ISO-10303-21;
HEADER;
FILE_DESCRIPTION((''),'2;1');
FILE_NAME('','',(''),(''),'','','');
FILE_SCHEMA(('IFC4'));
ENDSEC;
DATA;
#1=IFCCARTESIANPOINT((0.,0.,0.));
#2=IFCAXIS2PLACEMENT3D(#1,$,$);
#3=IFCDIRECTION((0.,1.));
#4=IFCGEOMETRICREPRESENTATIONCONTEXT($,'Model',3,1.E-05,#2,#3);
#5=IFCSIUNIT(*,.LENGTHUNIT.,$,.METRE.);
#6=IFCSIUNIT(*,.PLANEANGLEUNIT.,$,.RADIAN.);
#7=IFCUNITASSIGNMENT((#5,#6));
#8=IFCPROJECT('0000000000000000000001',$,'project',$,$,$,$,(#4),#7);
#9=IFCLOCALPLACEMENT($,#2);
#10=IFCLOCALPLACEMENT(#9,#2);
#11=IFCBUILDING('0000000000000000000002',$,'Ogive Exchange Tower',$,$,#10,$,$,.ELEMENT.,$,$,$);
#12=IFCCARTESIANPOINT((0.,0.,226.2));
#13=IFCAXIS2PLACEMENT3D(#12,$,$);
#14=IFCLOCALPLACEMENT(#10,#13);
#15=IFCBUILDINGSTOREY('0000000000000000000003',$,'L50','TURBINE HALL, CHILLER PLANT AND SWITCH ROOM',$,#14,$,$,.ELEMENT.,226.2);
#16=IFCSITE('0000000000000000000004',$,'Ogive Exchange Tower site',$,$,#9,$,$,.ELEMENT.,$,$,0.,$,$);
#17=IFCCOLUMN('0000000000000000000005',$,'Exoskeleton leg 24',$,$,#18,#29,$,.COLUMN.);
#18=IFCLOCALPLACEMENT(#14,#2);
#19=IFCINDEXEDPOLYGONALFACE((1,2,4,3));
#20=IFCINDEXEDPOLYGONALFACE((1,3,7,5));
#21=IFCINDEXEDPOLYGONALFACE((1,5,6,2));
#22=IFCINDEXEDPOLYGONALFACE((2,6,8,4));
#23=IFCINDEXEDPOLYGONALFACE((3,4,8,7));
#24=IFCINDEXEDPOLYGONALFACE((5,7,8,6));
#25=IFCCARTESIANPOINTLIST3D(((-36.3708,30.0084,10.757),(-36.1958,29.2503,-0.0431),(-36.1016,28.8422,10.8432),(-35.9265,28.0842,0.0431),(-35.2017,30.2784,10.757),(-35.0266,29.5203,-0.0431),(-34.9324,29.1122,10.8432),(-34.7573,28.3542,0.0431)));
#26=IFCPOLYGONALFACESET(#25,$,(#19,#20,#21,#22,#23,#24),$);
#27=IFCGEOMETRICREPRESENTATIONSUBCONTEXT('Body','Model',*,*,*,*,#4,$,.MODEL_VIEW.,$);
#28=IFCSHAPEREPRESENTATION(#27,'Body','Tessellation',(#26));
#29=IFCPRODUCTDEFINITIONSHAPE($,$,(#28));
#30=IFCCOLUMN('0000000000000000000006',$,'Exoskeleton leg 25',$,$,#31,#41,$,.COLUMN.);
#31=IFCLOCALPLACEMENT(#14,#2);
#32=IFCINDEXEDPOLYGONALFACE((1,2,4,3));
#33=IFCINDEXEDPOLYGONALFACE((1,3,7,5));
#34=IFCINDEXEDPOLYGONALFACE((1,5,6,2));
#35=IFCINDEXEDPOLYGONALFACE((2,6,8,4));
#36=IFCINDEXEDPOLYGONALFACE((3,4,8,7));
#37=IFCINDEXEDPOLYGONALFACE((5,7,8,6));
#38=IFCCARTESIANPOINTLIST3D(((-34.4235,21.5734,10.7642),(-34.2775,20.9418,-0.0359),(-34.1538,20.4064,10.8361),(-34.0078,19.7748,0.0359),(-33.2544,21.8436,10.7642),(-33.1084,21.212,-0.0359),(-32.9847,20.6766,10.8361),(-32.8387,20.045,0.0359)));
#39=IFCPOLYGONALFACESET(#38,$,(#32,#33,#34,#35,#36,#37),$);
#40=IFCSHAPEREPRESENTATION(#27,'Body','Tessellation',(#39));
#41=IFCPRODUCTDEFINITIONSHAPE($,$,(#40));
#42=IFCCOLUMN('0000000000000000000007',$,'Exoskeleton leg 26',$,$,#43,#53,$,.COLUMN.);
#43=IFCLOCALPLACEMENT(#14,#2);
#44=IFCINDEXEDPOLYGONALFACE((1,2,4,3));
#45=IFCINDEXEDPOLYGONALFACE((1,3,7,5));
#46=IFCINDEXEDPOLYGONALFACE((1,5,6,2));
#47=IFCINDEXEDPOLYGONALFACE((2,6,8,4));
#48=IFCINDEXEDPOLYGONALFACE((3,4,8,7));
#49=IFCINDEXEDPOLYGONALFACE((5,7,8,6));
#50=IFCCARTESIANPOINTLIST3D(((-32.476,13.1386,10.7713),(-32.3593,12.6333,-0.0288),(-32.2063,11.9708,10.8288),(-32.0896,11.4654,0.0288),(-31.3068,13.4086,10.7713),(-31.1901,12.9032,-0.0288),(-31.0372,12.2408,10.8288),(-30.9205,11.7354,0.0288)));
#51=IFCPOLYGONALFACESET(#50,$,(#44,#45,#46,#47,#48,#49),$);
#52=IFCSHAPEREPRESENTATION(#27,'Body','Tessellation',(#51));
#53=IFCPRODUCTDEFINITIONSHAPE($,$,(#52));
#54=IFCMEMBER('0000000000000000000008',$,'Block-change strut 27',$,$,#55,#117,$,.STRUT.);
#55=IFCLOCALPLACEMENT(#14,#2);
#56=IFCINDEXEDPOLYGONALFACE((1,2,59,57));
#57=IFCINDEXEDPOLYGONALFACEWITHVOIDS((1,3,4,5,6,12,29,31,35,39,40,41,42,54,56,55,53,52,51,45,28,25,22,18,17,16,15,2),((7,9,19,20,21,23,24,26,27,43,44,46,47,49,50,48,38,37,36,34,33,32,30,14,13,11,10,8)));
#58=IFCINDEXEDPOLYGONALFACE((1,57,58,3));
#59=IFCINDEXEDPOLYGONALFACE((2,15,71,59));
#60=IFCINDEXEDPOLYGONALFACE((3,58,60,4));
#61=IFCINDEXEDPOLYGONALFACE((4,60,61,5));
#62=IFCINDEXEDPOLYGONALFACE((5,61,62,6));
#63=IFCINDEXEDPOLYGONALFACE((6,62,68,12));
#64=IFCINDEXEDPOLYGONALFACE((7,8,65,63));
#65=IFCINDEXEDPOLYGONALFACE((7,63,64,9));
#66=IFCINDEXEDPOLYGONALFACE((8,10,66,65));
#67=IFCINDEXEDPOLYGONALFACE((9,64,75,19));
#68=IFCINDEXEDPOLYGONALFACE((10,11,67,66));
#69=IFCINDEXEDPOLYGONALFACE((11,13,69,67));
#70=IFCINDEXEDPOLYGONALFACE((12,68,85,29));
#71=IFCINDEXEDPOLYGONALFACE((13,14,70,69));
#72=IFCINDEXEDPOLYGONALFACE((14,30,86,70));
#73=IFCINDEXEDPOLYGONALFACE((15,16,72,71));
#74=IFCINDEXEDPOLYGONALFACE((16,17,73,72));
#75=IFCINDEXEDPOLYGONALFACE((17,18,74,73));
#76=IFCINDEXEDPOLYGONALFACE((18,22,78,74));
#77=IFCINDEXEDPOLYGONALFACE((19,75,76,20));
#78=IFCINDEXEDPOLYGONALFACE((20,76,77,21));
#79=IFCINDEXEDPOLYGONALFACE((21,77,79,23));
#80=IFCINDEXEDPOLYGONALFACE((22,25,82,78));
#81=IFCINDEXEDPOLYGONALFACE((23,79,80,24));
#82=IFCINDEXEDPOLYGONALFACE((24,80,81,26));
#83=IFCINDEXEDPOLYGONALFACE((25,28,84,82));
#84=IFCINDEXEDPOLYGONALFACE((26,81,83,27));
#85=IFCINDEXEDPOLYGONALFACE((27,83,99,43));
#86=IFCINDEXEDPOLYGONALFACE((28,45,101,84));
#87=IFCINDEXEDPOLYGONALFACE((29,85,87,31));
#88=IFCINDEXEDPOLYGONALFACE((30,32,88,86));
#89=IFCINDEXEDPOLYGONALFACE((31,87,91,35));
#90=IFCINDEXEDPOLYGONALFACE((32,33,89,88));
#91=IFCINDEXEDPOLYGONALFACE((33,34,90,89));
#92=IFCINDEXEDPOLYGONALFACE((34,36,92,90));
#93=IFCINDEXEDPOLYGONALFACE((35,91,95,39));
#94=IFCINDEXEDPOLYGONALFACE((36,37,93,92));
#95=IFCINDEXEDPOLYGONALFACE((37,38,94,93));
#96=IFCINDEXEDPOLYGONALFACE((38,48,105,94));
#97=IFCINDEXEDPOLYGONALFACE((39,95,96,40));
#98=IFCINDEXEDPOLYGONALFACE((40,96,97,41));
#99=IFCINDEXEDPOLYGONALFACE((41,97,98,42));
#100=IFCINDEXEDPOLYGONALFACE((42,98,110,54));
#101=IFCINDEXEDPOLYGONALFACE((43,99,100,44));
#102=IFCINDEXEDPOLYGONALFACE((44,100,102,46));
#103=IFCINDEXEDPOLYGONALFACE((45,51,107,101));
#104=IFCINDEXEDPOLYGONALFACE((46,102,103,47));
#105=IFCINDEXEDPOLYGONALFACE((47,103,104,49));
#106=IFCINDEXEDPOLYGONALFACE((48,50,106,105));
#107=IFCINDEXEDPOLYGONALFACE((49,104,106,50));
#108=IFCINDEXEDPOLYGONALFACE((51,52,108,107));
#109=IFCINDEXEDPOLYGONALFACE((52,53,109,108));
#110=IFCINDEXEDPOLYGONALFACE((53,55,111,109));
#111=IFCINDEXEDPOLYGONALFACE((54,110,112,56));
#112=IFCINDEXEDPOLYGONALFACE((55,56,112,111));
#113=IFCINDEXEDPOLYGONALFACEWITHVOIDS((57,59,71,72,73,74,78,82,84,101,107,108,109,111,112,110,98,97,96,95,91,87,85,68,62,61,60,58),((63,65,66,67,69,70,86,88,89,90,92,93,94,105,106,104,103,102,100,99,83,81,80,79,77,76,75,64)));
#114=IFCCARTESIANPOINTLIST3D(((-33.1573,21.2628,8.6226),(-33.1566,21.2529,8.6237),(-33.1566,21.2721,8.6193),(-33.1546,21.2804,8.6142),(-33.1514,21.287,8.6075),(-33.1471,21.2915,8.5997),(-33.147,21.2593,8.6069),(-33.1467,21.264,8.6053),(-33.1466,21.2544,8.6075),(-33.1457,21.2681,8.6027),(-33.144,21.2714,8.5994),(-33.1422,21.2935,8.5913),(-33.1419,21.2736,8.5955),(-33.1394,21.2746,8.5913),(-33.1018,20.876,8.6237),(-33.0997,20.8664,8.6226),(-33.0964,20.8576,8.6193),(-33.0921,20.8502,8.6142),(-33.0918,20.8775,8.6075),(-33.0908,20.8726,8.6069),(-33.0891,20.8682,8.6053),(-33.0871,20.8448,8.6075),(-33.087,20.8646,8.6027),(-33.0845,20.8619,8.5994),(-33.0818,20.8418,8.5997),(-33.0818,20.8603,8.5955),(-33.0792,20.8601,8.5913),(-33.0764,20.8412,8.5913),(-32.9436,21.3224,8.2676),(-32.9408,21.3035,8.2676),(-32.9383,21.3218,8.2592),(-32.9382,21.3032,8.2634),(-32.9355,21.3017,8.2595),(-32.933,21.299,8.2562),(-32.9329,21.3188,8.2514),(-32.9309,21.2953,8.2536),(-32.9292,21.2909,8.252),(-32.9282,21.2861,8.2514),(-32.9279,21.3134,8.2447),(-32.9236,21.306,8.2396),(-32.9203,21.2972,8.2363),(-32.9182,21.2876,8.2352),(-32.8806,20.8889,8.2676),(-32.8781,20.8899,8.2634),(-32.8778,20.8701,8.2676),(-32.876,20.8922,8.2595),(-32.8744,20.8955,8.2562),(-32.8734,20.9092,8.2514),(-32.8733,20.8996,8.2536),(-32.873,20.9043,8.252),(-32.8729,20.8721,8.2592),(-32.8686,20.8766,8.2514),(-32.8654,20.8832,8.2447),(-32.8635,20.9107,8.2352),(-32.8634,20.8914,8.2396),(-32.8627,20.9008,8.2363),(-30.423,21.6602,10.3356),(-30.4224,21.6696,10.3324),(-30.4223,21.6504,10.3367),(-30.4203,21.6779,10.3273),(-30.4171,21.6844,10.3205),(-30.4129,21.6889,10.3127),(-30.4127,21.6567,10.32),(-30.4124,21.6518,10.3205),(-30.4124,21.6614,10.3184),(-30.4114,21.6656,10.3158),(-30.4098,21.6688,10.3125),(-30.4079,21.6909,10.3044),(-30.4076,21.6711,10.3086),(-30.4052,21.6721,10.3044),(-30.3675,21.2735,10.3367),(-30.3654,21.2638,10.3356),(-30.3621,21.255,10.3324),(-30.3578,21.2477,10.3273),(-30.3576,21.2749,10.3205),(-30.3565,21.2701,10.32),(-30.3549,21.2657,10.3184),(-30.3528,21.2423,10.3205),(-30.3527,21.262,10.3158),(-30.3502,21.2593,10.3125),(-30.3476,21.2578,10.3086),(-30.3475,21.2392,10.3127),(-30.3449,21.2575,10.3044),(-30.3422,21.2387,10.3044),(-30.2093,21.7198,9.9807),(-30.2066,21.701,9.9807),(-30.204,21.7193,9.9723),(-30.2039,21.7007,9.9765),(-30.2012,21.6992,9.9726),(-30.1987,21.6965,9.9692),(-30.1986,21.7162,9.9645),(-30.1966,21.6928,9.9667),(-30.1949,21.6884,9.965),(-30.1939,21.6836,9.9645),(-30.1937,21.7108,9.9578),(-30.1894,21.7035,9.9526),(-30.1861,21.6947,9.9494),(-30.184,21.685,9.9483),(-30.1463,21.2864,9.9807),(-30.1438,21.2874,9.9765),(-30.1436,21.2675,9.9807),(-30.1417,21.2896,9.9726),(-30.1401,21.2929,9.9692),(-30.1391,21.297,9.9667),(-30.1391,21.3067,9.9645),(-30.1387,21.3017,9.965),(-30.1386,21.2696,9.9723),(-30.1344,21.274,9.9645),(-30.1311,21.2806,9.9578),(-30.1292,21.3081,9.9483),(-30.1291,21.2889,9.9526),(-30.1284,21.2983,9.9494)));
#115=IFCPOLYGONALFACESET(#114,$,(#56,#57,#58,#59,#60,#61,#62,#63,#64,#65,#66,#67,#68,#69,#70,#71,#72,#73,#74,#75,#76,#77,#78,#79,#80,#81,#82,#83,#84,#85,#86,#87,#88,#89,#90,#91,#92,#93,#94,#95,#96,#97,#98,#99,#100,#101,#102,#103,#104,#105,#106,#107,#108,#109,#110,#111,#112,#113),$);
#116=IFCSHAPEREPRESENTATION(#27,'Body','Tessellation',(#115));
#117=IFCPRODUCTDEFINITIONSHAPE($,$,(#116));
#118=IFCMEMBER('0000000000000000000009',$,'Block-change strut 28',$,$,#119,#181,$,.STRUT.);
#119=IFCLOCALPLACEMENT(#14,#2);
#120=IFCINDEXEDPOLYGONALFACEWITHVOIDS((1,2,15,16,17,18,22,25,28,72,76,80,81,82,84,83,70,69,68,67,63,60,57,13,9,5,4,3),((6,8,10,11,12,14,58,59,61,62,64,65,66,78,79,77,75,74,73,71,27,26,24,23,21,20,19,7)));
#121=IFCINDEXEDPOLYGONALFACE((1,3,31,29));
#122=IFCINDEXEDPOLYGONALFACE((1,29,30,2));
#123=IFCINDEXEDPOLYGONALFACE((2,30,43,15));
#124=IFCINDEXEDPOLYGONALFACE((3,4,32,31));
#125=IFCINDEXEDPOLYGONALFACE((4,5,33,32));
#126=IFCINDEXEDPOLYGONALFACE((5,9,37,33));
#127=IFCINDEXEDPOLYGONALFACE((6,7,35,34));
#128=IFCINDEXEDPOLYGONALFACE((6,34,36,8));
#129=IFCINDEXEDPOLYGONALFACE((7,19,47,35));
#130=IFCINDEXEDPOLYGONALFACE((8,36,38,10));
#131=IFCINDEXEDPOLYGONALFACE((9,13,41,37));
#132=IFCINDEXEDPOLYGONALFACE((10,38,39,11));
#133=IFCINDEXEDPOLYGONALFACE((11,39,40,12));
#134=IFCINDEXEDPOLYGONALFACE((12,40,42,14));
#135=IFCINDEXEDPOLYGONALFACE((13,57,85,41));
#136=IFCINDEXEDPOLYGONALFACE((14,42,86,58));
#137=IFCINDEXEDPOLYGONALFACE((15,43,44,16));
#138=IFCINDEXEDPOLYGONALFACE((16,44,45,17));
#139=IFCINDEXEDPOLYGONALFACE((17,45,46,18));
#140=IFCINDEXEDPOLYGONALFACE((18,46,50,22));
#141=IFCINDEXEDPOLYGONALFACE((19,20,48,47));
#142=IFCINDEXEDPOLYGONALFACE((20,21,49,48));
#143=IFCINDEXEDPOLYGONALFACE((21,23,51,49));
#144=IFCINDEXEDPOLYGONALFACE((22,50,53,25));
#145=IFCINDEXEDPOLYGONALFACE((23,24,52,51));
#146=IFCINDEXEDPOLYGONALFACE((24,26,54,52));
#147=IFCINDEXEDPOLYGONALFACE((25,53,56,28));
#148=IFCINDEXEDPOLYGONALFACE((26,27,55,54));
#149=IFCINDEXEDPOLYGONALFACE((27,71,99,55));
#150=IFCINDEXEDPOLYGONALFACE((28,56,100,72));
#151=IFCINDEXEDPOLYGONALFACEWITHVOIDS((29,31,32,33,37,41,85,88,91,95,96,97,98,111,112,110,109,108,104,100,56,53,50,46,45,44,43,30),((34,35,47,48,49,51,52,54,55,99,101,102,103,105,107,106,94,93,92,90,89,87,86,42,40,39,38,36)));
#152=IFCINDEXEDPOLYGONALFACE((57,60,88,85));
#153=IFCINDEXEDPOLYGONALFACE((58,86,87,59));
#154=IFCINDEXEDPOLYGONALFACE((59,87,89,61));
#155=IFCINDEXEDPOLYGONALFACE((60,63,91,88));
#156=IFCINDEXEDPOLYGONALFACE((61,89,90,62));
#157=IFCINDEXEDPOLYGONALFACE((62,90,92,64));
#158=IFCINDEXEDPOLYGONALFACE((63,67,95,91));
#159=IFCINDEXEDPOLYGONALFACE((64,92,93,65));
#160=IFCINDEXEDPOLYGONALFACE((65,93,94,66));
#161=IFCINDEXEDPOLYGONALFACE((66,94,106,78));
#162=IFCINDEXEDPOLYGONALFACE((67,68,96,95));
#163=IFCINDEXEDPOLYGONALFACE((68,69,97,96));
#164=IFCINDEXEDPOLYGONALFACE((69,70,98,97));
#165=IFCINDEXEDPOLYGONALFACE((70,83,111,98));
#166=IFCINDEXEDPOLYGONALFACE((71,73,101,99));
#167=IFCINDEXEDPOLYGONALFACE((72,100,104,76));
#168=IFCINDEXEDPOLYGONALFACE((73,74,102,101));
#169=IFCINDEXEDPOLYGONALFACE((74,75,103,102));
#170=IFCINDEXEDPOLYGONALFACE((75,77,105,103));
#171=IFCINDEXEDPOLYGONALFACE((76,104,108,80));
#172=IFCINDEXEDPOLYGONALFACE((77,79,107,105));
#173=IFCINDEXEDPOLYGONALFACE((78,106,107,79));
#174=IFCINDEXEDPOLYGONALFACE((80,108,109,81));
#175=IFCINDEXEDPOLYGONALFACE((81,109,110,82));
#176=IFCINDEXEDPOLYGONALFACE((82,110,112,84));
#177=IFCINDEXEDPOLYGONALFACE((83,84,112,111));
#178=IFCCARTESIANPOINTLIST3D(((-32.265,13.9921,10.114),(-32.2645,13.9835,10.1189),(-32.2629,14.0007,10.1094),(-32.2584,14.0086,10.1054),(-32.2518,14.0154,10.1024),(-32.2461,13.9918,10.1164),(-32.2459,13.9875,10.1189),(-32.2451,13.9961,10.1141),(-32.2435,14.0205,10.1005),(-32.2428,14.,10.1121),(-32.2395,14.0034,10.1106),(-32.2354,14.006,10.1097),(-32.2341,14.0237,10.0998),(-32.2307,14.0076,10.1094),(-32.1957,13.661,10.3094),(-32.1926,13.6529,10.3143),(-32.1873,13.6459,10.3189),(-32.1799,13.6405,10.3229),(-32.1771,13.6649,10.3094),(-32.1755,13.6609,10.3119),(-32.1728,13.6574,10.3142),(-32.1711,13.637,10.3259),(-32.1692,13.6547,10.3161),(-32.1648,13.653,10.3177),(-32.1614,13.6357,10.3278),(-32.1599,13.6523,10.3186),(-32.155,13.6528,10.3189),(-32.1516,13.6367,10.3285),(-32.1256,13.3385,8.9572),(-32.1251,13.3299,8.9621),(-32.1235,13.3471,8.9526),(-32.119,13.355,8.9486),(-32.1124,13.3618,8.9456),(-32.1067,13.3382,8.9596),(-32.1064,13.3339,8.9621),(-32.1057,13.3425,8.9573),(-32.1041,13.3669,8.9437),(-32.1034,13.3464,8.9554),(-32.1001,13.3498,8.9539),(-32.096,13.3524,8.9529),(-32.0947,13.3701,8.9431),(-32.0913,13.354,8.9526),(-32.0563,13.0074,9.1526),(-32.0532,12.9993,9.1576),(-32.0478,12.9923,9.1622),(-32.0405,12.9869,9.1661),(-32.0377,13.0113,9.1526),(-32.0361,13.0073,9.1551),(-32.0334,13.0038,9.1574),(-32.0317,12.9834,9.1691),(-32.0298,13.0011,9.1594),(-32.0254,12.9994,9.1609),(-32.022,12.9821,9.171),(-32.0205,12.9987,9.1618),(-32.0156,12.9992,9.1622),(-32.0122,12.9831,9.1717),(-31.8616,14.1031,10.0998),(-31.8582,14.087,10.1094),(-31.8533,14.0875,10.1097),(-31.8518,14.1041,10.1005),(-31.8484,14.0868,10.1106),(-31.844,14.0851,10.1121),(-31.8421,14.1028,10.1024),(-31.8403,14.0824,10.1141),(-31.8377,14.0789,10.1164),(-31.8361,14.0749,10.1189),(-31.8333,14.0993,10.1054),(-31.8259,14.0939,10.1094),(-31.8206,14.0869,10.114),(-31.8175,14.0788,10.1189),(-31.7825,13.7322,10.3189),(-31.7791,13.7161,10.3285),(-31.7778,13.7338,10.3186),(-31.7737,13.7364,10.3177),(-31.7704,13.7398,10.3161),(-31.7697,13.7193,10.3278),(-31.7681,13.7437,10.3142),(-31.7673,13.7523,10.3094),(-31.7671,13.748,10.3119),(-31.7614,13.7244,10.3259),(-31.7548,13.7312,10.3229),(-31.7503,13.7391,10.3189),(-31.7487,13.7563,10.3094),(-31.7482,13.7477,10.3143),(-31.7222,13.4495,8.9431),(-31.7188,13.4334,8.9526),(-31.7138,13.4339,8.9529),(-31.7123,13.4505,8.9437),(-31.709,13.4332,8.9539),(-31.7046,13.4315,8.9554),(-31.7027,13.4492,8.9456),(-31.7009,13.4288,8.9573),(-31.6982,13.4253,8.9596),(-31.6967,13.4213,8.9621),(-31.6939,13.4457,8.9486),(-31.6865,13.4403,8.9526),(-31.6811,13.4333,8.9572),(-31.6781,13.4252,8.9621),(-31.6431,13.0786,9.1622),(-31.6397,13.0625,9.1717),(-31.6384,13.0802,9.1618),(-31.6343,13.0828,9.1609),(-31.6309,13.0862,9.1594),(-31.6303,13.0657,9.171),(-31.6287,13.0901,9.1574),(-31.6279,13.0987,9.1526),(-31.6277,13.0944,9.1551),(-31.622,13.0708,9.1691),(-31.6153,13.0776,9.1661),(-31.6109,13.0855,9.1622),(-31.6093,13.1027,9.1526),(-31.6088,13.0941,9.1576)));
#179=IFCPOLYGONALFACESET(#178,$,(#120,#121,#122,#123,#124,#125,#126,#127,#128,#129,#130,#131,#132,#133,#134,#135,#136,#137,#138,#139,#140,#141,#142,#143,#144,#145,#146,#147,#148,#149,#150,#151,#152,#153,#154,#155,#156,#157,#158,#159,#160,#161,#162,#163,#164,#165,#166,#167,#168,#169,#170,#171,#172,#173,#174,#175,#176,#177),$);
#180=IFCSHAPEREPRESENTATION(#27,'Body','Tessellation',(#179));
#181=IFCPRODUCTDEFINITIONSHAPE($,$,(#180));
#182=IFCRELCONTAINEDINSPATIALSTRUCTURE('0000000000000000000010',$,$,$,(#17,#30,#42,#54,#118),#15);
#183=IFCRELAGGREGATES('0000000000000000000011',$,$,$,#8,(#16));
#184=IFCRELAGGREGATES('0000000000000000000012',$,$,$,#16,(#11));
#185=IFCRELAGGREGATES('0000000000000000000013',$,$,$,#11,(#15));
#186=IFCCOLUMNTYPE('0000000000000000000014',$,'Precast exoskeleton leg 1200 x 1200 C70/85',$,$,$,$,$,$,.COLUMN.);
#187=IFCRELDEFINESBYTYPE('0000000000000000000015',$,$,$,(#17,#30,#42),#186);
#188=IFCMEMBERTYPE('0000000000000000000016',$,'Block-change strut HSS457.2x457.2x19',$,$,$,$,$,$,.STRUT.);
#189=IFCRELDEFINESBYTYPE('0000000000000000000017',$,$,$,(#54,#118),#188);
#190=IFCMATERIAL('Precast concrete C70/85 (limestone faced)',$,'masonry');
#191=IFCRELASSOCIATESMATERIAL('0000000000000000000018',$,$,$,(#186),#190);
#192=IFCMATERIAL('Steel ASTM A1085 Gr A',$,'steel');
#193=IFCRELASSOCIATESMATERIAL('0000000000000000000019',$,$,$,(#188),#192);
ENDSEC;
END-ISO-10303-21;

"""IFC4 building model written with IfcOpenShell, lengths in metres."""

from ifc_helpers import new_model, si_unit, direction, frame, origin, origin_2d, place, context, subcontext, project, spatial, rectangle, hollow_rectangle, extrude, material, material_profile, profile_set, type_object, element, save


model = new_model("IFC4")

# Units and contexts
model_context = context("Model", 3, precision=1e-05, world=origin(), true_north=direction((0.0, 1.0)))
body_context = subcontext(model_context, "Body", "Model", "MODEL_VIEW")
ifc_project = project(units=[si_unit("LENGTHUNIT", "METRE"), si_unit("PLANEANGLEUNIT", "RADIAN")], contexts=[model_context])

# Site, building, storey
site_placement = place(None, origin())
site = spatial("IfcSite", under=ifc_project, at=site_placement, Name="Ogive Exchange Tower site", CompositionType="ELEMENT", RefElevation=0.0)
building_placement = place(site_placement, origin())
building = spatial("IfcBuilding", under=site, at=building_placement, Name="Ogive Exchange Tower", CompositionType="ELEMENT")
storey_placement = place(building_placement, frame((0.0, 0.0, 226.2)))
storey = spatial("IfcBuildingStorey", under=building, at=storey_placement, Name="L50", Description="TURBINE HALL, CHILLER PLANT AND SWITCH ROOM", CompositionType="ELEMENT", Elevation=226.2)

# Columns
ifc_material_1 = material(Name="Precast concrete C70/85 (limestone faced)", Category="masonry")
ifc_material_profile_1 = material_profile(ifc_material_1, rectangle(XDim=1.2, YDim=1.2, at=origin_2d()), Name="1200 x 1200")
ifc_profile_set_1 = profile_set([ifc_material_profile_1], Name="Precast concrete C70/85 (limestone faced)")
column_type = type_object("IfcColumnType", Name="Precast exoskeleton leg 1200 x 1200 C70/85", PredefinedType="COLUMN", material=ifc_profile_set_1)
column_1_placement = place(storey_placement, frame((-35.4766, 28.8022, 0.0), z_axis=(-0.016166, 0.070009, 0.997415), x_axis=(-0.974359, -0.224997, 0.0)))
element("IfcColumn", 1, at=column_1_placement, inside=storey, type_object=column_type, Name="Exoskeleton leg 24", PredefinedType="COLUMN", context=body_context, shape_type="SweptSolid", body=[
    extrude(rectangle(XDim=1.2, YDim=1.2, at=origin_2d()), origin(), (0.0, 0.0, 1.0), 10.8281),
])
column_2_placement = place(storey_placement, frame((-33.5581, 20.4934, 0.0), z_axis=(-0.013494, 0.058375, 0.998204), x_axis=(-0.974309, -0.225217, 0.0)))
element("IfcColumn", 2, at=column_2_placement, inside=storey, type_object=column_type, Name="Exoskeleton leg 25", PredefinedType="COLUMN", context=body_context, shape_type="SweptSolid", body=[
    extrude(rectangle(XDim=1.2, YDim=1.2, at=origin_2d()), origin(), (0.0, 0.0, 1.0), 10.8196),
])
column_3_placement = place(storey_placement, frame((-31.6399, 12.1843, 0.0), z_axis=(-0.010793, 0.04674, 0.998849), x_axis=(-0.974359, -0.224997, 0.0)))
element("IfcColumn", 3, at=column_3_placement, inside=storey, type_object=column_type, Name="Exoskeleton leg 26", PredefinedType="COLUMN", context=body_context, shape_type="SweptSolid", body=[
    extrude(rectangle(XDim=1.2, YDim=1.2, at=origin_2d()), origin(), (0.0, 0.0, 1.0), 10.8125),
])

# Members
ifc_material_2 = material(Name="Steel ASTM A1085 Gr A", Category="steel")
ifc_material_profile_2 = material_profile(ifc_material_2, hollow_rectangle(XDim=0.457, YDim=0.457, WallThickness=0.019, InnerFilletRadius=0.019, OuterFilletRadius=0.0381, at=origin_2d()), Name="HSS457.2x457.2x19")
ifc_profile_set_2 = profile_set([ifc_material_profile_2], Name="Steel ASTM A1085 Gr A")
member_type_1 = type_object("IfcMemberType", Name="Block-change strut HSS457.2x457.2x19", PredefinedType="STRUT", material=ifc_profile_set_2)
member_1_placement = place(storey_placement, frame((-33.01, 21.0818, 8.4294), z_axis=(0.841063, 0.122255, 0.526941), x_axis=(-0.143845, 0.9896, 0.0)))
element("IfcMember", 4, at=member_1_placement, inside=storey, type_object=member_type_1, Name="Block-change strut 27", PredefinedType="STRUT", context=body_context, shape_type="SweptSolid", body=[
    extrude(hollow_rectangle(XDim=0.457, YDim=0.457, WallThickness=0.019, InnerFilletRadius=0.019, OuterFilletRadius=0.0381, at=origin_2d()), origin(), (0.0, 0.0, 1.0), 3.251),
])
member_2_placement = place(storey_placement, frame((-31.8672, 13.2163, 9.0574), z_axis=(-0.104352, 0.489232, 0.865888), x_axis=(-0.978, -0.208606, 0.0)))
element("IfcMember", 5, at=member_2_placement, inside=storey, type_object=member_type_1, Name="Block-change strut 28", PredefinedType="STRUT", context=body_context, shape_type="SweptSolid", body=[
    extrude(hollow_rectangle(XDim=0.457, YDim=0.457, WallThickness=0.019, InnerFilletRadius=0.019, OuterFilletRadius=0.0381, at=origin_2d()), origin(), (0.0, 0.0, 1.0), 1.3359),
])

save(model, "model.ifc")
